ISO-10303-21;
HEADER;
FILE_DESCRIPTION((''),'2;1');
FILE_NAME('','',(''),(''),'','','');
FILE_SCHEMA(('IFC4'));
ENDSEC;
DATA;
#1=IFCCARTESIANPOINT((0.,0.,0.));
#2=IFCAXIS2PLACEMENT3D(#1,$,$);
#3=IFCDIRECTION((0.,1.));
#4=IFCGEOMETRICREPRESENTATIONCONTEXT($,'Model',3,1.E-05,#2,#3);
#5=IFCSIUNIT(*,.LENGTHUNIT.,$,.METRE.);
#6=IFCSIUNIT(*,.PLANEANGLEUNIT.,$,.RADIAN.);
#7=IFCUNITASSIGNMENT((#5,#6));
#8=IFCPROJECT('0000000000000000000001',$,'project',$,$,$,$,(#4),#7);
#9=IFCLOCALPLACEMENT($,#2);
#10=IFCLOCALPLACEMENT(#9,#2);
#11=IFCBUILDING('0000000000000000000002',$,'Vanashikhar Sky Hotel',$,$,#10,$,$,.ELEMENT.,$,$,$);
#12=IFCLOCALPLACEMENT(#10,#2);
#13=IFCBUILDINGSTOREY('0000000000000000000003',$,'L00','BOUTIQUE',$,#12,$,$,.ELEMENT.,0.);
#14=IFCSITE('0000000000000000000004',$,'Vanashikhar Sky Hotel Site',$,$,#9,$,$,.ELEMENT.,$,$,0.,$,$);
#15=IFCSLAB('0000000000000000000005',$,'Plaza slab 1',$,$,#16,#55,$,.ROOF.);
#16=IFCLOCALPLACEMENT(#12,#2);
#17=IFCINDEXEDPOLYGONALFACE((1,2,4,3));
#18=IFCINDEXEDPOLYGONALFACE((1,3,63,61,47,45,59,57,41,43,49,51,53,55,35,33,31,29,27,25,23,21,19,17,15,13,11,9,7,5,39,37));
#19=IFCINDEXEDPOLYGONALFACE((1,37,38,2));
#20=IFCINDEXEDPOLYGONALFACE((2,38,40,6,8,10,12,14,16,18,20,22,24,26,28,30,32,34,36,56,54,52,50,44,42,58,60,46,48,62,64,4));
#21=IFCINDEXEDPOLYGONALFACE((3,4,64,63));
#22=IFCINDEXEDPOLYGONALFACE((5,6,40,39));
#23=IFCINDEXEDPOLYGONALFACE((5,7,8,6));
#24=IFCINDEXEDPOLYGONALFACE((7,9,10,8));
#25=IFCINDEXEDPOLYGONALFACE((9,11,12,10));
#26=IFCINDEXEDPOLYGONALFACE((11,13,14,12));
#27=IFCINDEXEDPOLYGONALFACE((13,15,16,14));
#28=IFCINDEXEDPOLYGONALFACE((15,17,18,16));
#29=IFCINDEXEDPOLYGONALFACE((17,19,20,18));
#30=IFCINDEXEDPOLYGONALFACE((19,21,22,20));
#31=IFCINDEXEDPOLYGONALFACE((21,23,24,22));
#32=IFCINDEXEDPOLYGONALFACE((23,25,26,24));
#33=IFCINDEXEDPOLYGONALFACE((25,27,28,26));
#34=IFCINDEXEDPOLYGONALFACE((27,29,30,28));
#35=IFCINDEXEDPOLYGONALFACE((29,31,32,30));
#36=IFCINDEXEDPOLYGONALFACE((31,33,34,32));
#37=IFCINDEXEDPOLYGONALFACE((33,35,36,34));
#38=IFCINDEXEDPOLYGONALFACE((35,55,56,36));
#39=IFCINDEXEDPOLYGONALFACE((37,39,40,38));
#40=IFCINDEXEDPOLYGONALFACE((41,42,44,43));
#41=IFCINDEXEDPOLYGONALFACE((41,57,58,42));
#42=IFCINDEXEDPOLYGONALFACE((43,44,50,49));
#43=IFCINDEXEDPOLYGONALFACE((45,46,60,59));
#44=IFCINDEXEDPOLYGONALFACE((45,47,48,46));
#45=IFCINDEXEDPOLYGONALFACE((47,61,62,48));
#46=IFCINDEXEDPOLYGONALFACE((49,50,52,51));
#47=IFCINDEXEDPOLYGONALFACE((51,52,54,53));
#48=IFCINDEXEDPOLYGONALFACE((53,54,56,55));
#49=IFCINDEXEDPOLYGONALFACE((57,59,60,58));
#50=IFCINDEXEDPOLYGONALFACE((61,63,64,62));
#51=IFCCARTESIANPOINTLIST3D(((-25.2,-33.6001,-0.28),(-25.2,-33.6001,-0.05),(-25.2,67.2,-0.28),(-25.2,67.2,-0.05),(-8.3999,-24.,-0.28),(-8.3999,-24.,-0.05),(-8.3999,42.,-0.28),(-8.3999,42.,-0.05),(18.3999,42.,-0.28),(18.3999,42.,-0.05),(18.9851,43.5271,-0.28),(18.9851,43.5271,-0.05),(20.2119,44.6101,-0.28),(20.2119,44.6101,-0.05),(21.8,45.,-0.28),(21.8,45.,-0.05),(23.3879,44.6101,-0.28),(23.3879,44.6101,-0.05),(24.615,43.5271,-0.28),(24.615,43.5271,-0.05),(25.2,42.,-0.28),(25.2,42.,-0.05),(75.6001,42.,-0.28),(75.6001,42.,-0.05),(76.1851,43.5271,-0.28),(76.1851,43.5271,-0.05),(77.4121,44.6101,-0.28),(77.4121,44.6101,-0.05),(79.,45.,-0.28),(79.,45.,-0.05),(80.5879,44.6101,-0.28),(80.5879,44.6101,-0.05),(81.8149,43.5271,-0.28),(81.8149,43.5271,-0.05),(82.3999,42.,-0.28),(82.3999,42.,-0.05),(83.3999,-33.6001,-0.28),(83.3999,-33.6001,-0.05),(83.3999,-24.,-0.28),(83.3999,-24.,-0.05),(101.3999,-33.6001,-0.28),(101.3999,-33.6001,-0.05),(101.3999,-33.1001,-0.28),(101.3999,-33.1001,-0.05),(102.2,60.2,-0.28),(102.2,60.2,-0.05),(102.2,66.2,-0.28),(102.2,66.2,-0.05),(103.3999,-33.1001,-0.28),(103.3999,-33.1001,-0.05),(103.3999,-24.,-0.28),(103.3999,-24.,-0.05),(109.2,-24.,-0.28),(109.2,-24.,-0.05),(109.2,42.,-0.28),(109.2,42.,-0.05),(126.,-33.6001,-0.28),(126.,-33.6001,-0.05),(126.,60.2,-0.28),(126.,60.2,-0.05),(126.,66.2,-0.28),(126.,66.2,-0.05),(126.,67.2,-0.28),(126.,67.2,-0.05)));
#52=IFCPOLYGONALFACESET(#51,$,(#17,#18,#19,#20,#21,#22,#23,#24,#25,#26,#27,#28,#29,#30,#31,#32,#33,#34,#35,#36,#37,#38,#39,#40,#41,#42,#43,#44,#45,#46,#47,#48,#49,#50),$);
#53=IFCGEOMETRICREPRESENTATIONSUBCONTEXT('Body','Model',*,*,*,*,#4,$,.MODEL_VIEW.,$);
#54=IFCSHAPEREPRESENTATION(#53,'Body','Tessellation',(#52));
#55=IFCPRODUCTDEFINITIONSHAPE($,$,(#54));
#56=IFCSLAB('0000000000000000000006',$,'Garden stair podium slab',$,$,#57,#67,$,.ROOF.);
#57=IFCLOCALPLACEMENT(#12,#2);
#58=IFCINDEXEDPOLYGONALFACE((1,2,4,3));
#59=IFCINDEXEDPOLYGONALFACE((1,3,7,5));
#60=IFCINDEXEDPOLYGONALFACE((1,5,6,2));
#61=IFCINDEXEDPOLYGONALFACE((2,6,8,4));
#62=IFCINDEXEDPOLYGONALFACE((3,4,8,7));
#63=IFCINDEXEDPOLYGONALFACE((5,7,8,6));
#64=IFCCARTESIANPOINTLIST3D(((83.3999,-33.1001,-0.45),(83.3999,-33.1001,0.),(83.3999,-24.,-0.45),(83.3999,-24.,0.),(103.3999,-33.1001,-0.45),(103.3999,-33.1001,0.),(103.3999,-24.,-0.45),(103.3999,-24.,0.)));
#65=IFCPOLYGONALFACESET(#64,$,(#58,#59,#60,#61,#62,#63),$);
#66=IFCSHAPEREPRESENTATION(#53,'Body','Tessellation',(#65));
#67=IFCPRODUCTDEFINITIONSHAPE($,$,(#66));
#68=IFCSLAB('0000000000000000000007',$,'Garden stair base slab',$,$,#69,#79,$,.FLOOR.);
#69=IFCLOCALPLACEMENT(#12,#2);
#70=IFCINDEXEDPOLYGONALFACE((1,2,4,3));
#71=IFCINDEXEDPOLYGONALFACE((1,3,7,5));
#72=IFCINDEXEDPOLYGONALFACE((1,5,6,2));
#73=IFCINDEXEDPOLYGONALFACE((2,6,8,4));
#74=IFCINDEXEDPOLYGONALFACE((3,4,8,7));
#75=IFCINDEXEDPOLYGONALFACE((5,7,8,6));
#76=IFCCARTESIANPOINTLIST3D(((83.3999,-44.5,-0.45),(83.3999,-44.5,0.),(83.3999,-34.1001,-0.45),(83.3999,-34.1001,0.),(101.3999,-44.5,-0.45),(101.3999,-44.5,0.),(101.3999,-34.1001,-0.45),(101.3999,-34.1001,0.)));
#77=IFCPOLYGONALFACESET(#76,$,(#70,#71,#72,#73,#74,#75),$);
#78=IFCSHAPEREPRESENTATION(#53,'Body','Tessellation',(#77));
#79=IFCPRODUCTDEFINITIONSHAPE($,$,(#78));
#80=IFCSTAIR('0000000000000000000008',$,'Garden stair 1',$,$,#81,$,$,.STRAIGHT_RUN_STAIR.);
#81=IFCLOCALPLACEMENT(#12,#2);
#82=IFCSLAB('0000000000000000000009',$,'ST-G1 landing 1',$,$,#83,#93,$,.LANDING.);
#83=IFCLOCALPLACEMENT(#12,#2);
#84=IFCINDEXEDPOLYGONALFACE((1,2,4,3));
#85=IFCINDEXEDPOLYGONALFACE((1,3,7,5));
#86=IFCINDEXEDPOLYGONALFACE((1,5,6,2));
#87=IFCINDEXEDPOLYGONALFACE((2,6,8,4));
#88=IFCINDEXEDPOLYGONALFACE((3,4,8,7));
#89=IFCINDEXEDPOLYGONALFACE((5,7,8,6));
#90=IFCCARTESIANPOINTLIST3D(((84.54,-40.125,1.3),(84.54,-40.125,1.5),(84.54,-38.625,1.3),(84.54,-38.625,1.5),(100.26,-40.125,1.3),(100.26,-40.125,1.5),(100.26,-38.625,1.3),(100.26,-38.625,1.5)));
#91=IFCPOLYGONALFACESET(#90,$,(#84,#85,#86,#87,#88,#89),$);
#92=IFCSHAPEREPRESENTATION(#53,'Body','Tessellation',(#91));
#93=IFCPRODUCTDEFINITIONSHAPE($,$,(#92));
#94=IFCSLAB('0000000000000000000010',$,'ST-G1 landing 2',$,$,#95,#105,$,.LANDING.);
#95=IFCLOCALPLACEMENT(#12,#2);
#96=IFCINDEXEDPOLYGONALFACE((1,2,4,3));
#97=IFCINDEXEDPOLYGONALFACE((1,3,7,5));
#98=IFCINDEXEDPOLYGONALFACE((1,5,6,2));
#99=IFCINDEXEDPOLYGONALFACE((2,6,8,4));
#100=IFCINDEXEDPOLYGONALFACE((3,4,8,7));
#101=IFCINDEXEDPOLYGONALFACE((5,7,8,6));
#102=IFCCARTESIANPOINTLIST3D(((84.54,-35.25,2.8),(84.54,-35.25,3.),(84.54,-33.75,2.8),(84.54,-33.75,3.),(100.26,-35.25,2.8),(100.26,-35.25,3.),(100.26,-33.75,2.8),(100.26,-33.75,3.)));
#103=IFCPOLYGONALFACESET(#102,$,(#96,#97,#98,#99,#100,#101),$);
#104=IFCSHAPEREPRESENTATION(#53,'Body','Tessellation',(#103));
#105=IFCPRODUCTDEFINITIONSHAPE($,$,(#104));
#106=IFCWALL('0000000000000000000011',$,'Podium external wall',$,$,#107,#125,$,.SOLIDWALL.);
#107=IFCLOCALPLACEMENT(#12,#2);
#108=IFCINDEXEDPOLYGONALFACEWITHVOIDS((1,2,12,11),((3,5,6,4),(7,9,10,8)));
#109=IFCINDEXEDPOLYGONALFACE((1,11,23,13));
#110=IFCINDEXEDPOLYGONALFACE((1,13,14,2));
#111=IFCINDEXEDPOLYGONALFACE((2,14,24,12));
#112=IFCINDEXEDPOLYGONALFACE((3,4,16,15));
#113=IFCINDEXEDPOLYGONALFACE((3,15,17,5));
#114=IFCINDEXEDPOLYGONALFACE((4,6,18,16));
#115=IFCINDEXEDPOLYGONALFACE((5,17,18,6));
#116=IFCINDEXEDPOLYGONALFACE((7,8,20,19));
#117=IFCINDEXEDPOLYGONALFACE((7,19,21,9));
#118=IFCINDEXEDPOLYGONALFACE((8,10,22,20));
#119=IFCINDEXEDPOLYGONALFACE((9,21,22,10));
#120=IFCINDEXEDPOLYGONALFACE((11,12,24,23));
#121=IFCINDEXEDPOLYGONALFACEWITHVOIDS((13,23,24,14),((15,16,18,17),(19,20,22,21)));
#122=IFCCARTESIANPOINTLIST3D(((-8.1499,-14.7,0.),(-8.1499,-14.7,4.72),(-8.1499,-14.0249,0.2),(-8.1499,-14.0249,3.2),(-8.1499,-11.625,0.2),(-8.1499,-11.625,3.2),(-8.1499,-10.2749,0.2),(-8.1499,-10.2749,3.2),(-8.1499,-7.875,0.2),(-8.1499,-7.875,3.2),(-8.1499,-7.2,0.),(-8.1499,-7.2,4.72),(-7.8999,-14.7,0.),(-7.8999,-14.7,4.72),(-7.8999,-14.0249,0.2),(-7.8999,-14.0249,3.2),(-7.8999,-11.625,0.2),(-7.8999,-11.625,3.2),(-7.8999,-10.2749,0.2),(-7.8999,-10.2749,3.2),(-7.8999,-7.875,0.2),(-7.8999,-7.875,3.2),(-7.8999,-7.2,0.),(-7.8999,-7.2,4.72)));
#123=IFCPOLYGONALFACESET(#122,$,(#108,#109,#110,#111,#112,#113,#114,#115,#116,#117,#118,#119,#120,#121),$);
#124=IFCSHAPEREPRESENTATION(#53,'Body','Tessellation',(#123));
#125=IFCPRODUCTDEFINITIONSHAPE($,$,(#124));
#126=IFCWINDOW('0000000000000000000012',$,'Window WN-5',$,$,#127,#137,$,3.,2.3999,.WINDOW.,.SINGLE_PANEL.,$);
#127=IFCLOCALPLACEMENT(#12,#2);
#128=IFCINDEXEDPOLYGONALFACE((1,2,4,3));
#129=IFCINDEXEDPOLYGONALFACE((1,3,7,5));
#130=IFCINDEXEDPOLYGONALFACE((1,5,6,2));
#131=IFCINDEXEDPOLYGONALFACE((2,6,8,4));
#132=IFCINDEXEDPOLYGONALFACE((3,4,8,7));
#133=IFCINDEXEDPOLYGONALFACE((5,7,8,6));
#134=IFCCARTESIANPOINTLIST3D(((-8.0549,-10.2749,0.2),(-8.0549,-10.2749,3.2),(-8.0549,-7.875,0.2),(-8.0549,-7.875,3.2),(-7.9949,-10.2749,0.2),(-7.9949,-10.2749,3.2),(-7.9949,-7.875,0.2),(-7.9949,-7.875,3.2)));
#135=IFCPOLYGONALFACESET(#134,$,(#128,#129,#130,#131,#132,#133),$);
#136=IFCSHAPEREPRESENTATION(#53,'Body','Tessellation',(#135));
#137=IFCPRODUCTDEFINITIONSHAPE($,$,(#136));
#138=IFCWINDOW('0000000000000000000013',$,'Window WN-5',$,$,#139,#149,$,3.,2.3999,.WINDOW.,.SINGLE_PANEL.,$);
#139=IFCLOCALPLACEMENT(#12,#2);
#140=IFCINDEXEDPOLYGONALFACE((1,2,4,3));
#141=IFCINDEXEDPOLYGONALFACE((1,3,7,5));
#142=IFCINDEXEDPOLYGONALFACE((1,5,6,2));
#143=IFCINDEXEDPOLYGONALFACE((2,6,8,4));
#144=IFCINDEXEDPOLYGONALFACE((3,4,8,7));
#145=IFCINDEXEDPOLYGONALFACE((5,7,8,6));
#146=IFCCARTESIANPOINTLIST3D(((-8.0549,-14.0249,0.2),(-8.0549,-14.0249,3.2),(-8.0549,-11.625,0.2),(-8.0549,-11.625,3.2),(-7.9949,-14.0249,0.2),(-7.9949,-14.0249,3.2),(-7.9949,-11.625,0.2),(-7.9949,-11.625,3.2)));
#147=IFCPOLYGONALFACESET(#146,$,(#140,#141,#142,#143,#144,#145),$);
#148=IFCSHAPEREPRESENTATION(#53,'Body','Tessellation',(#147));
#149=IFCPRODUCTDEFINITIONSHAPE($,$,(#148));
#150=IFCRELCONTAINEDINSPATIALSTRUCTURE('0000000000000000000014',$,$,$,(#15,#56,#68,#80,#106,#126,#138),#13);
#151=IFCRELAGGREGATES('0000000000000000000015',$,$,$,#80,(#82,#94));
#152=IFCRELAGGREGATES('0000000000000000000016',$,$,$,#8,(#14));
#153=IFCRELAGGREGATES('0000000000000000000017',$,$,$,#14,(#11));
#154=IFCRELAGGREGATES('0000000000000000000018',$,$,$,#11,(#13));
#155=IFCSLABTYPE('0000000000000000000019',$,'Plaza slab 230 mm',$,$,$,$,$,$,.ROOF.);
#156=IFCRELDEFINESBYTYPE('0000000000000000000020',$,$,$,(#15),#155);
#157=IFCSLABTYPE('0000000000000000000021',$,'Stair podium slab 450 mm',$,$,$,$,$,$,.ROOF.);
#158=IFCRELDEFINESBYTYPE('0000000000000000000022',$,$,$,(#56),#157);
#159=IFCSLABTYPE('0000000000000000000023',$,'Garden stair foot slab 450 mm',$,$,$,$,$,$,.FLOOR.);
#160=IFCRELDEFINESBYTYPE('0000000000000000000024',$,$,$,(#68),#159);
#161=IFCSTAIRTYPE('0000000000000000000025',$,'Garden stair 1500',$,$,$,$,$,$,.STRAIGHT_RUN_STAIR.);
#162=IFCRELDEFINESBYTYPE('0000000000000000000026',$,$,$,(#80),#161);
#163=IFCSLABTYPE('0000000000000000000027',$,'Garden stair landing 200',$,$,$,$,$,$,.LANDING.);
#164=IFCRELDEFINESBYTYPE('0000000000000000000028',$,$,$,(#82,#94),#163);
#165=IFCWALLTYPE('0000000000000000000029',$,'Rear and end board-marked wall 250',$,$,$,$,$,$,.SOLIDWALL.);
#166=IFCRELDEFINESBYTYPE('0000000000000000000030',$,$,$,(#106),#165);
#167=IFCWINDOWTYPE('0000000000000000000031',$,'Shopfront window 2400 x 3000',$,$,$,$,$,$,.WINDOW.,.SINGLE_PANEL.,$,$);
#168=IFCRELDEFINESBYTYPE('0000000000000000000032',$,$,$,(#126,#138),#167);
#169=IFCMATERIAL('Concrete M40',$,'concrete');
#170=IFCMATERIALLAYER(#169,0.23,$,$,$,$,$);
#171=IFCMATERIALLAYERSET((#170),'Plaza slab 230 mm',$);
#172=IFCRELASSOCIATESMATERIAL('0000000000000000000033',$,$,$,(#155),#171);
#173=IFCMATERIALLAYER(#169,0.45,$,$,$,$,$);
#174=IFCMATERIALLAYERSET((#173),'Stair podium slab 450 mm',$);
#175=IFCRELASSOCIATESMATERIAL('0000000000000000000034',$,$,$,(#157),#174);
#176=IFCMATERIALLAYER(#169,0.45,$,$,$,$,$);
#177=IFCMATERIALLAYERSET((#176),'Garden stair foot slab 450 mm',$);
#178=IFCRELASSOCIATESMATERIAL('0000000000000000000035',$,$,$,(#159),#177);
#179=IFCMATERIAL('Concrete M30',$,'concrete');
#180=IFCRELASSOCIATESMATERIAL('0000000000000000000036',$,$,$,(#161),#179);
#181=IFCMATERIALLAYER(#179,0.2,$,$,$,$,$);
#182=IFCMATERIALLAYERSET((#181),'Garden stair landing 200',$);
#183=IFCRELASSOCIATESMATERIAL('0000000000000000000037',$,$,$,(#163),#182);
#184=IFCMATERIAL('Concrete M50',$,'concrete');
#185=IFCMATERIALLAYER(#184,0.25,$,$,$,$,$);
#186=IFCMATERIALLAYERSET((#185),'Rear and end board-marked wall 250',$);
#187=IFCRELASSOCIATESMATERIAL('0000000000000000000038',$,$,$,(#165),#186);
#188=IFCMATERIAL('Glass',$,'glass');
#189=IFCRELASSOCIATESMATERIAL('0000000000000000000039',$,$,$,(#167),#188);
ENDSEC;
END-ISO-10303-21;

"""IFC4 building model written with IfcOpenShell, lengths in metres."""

from ifc_helpers import new_model, si_unit, direction, frame, frame_2d, origin, place, context, subcontext, project, spatial, polyline, rectangle, outline, extrude, source, transform, mapped, material, layer, layer_set, type_object, element, fill, aggregate, save


model = new_model("IFC4")

# Units and contexts
model_context = context("Model", 3, precision=1e-05, world=origin(), true_north=direction((0.0, 1.0)))
body_context = subcontext(model_context, "Body", "Model", "MODEL_VIEW")
ifc_project = project(units=[si_unit("LENGTHUNIT", "METRE"), si_unit("PLANEANGLEUNIT", "RADIAN")], contexts=[model_context])

# Site, building, storey
site_placement = place(None, origin())
site = spatial("IfcSite", under=ifc_project, at=site_placement, Name="Vanashikhar Sky Hotel Site", CompositionType="ELEMENT", RefElevation=0.0)
building_placement = place(site_placement, origin())
building = spatial("IfcBuilding", under=site, at=building_placement, Name="Vanashikhar Sky Hotel", CompositionType="ELEMENT")
storey_placement = place(building_placement, origin())
storey = spatial("IfcBuildingStorey", under=building, at=storey_placement, Name="L00", Description="BOUTIQUE", CompositionType="ELEMENT", Elevation=0.0)

# Shared definitions
ifc_material_1 = material(Name="Concrete M40", Category="concrete")

# Slabs
ifc_layer_1 = layer(ifc_material_1, 0.23)
ifc_layer_set_1 = layer_set([ifc_layer_1], Name="Plaza slab 230 mm")
slab_type_1 = type_object("IfcSlabType", Name="Plaza slab 230 mm", PredefinedType="ROOF", material=ifc_layer_set_1)
shared_shape_1 = source(origin(), body_context, "Body", "SweptSolid", [
    extrude(outline(polyline([(126.0, 66.2), (102.2, 66.2), (102.2, 60.2), (126.0, 60.2), (126.0, -33.6001), (101.3999, -33.6001), (101.3999, -33.1001), (103.3999, -33.1001), (103.3999, -24.0), (109.2, -24.0), (109.2, 42.0), (82.3999, 42.0), (81.8149, 43.5271), (80.5879, 44.6101), (79.0, 45.0), (77.4121, 44.6101), (76.1851, 43.5271), (75.6001, 42.0), (25.2, 42.0), (24.615, 43.5271), (23.3879, 44.6101), (21.8, 45.0), (20.2119, 44.6101), (18.9851, 43.5271), (18.3999, 42.0), (-8.3999, 42.0), (-8.3999, -24.0), (83.3999, -24.0), (83.3999, -33.6001), (-25.2, -33.6001), (-25.2, 67.2), (126.0, 67.2), (126.0, 66.2)])), origin(), (0.0, 0.0, 1.0), 0.23),
])
slab_1_placement = place(storey_placement, frame((0.0, 0.0, -0.28)))
element("IfcSlab", 1, at=slab_1_placement, inside=storey, type_object=slab_type_1, Name="Plaza slab 1", PredefinedType="ROOF", context=body_context, shape_type="MappedRepresentation", body=[
    mapped(shared_shape_1, transform((0.0, 0.0, 0.0), scale=1.0)),
])
ifc_layer_2 = layer(ifc_material_1, 0.45)
ifc_layer_set_2 = layer_set([ifc_layer_2], Name="Stair podium slab 450 mm")
slab_type_2 = type_object("IfcSlabType", Name="Stair podium slab 450 mm", PredefinedType="ROOF", material=ifc_layer_set_2)
shared_shape_2 = source(origin(), body_context, "Body", "SweptSolid", [
    extrude(outline(polyline([(83.3999, -33.1001), (103.3999, -33.1001), (103.3999, -24.0), (83.3999, -24.0), (83.3999, -33.1001)])), origin(), (0.0, 0.0, 1.0), 0.45),
])
slab_2_placement = place(storey_placement, frame((0.0, 0.0, -0.45)))
element("IfcSlab", 2, at=slab_2_placement, inside=storey, type_object=slab_type_2, Name="Garden stair podium slab", PredefinedType="ROOF", context=body_context, shape_type="MappedRepresentation", body=[
    mapped(shared_shape_2, transform((0.0, 0.0, 0.0), scale=1.0)),
])
ifc_layer_3 = layer(ifc_material_1, 0.45)
ifc_layer_set_3 = layer_set([ifc_layer_3], Name="Garden stair foot slab 450 mm")
slab_type_3 = type_object("IfcSlabType", Name="Garden stair foot slab 450 mm", PredefinedType="FLOOR", material=ifc_layer_set_3)
shared_shape_3 = source(origin(), body_context, "Body", "SweptSolid", [
    extrude(outline(polyline([(83.3999, -44.5), (101.3999, -44.5), (101.3999, -34.1001), (83.3999, -34.1001), (83.3999, -44.5)])), origin(), (0.0, 0.0, 1.0), 0.45),
])
slab_3_placement = place(storey_placement, frame((0.0, 0.0, -0.45)))
element("IfcSlab", 3, at=slab_3_placement, inside=storey, type_object=slab_type_3, Name="Garden stair base slab", PredefinedType="FLOOR", context=body_context, shape_type="MappedRepresentation", body=[
    mapped(shared_shape_3, transform((0.0, 0.0, 0.0), scale=1.0)),
])

# Stair, slabs
ifc_material_2 = material(Name="Concrete M30", Category="concrete")
stair_type = type_object("IfcStairType", Name="Garden stair 1500", PredefinedType="STRAIGHT_RUN_STAIR", material=ifc_material_2)
stair_placement = place(storey_placement, origin())
stair = element("IfcStair", 4, at=stair_placement, inside=storey, type_object=stair_type, Name="Garden stair 1", PredefinedType="STRAIGHT_RUN_STAIR")
ifc_layer_4 = layer(ifc_material_2, 0.2)
ifc_layer_set_4 = layer_set([ifc_layer_4], Name="Garden stair landing 200")
slab_type_4 = type_object("IfcSlabType", Name="Garden stair landing 200", PredefinedType="LANDING", material=ifc_layer_set_4)
shared_shape_4 = source(origin(), body_context, "Body", "SweptSolid", [
    extrude(outline(polyline([(84.54, -40.125), (100.26, -40.125), (100.26, -38.625), (84.54, -38.625), (84.54, -40.125)])), origin(), (0.0, 0.0, 1.0), 0.2),
])
slab_4_placement = place(storey_placement, frame((0.0, 0.0, 1.3)))
slab_4 = element("IfcSlab", 5, at=slab_4_placement, type_object=slab_type_4, Name="ST-G1 landing 1", PredefinedType="LANDING", context=body_context, shape_type="MappedRepresentation", body=[
    mapped(shared_shape_4, transform((0.0, 0.0, 0.0), scale=1.0)),
])
shared_shape_5 = source(origin(), body_context, "Body", "SweptSolid", [
    extrude(outline(polyline([(84.54, -35.25), (100.26, -35.25), (100.26, -33.75), (84.54, -33.75), (84.54, -35.25)])), origin(), (0.0, 0.0, 1.0), 0.2),
])
slab_5_placement = place(storey_placement, frame((0.0, 0.0, 2.8)))
slab_5 = element("IfcSlab", 6, at=slab_5_placement, type_object=slab_type_4, Name="ST-G1 landing 2", PredefinedType="LANDING", context=body_context, shape_type="MappedRepresentation", body=[
    mapped(shared_shape_5, transform((0.0, 0.0, 0.0), scale=1.0)),
])
aggregate(stair, [slab_4, slab_5])

# Wall, openings, windows
ifc_material_3 = material(Name="Concrete M50", Category="concrete")
ifc_layer_5 = layer(ifc_material_3, 0.25)
ifc_layer_set_5 = layer_set([ifc_layer_5], Name="Rear and end board-marked wall 250")
wall_type_1 = type_object("IfcWallType", Name="Rear and end board-marked wall 250", PredefinedType="SOLIDWALL", material=ifc_layer_set_5)
shared_shape_6 = source(origin(), body_context, "Body", "SweptSolid", [
    extrude(rectangle(XDim=7.5, YDim=0.25, at=frame_2d((3.75, 0.0))), origin(), (0.0, 0.0, 1.0), 4.72),
])
wall_1_placement = place(storey_placement, frame((-8.0249, -7.2, 0.0), z_axis=(0.0, 0.0, 1.0), x_axis=(0.0, -1.0, 0.0)))
wall_1 = element("IfcWall", 7, at=wall_1_placement, inside=storey, type_object=wall_type_1, Name="Podium external wall", PredefinedType="SOLIDWALL", context=body_context, shape_type="MappedRepresentation", body=[
    mapped(shared_shape_6, transform((0.0, 0.0, 0.0), scale=1.0)),
])
shared_shape_7 = source(origin(), body_context, "Body", "SweptSolid", [
    extrude(rectangle(XDim=2.3999, YDim=3.0, at=frame_2d((1.2, 1.5))), frame((0.0, 0.135, 0.0), z_axis=(0.0, -1.0, 0.0), x_axis=(1.0, 0.0, 0.0)), (0.0, 0.0, 1.0), 0.27),
])
opening_1_placement = place(wall_1_placement, frame((0.675, 0.0, 0.2)))
opening_1 = element("IfcOpeningElement", 8, at=opening_1_placement, cuts=wall_1, PredefinedType="OPENING", context=body_context, shape_type="MappedRepresentation", body=[
    mapped(shared_shape_7, transform((0.0, 0.0, 0.0), scale=1.0)),
])
opening_2_placement = place(wall_1_placement, frame((4.425, 0.0, 0.2)))
opening_2 = element("IfcOpeningElement", 9, at=opening_2_placement, cuts=wall_1, PredefinedType="OPENING", context=body_context, shape_type="MappedRepresentation", body=[
    mapped(shared_shape_7, transform((0.0, 0.0, 0.0), scale=1.0)),
])
ifc_material_4 = material(Name="Glass", Category="glass")
window_type = type_object("IfcWindowType", Name="Shopfront window 2400 x 3000", PartitioningType="SINGLE_PANEL", PredefinedType="WINDOW", material=ifc_material_4)
shared_shape_8 = source(origin(), body_context, "Body", "SweptSolid", [
    extrude(rectangle(XDim=2.3999, YDim=3.0, at=frame_2d((1.2, 1.5))), frame((0.0, 0.03, 0.0), z_axis=(0.0, -1.0, 0.0), x_axis=(1.0, 0.0, 0.0)), (0.0, 0.0, 1.0), 0.0601),
])
window_1_placement = place(opening_1_placement, origin())
window_1 = element("IfcWindow", 10, at=window_1_placement, inside=storey, type_object=window_type, Name="Window WN-5", OverallHeight=3.0, OverallWidth=2.3999, PartitioningType="SINGLE_PANEL", PredefinedType="WINDOW", context=body_context, shape_type="MappedRepresentation", body=[
    mapped(shared_shape_8, transform((0.0, 0.0, 0.0), scale=1.0)),
])
fill(opening_1, window_1)
window_2_placement = place(opening_2_placement, origin())
window_2 = element("IfcWindow", 11, at=window_2_placement, inside=storey, type_object=window_type, Name="Window WN-5", OverallHeight=3.0, OverallWidth=2.3999, PartitioningType="SINGLE_PANEL", PredefinedType="WINDOW", context=body_context, shape_type="MappedRepresentation", body=[
    mapped(shared_shape_8, transform((0.0, 0.0, 0.0), scale=1.0)),
])
fill(opening_2, window_2)

save(model, "model.ifc")
